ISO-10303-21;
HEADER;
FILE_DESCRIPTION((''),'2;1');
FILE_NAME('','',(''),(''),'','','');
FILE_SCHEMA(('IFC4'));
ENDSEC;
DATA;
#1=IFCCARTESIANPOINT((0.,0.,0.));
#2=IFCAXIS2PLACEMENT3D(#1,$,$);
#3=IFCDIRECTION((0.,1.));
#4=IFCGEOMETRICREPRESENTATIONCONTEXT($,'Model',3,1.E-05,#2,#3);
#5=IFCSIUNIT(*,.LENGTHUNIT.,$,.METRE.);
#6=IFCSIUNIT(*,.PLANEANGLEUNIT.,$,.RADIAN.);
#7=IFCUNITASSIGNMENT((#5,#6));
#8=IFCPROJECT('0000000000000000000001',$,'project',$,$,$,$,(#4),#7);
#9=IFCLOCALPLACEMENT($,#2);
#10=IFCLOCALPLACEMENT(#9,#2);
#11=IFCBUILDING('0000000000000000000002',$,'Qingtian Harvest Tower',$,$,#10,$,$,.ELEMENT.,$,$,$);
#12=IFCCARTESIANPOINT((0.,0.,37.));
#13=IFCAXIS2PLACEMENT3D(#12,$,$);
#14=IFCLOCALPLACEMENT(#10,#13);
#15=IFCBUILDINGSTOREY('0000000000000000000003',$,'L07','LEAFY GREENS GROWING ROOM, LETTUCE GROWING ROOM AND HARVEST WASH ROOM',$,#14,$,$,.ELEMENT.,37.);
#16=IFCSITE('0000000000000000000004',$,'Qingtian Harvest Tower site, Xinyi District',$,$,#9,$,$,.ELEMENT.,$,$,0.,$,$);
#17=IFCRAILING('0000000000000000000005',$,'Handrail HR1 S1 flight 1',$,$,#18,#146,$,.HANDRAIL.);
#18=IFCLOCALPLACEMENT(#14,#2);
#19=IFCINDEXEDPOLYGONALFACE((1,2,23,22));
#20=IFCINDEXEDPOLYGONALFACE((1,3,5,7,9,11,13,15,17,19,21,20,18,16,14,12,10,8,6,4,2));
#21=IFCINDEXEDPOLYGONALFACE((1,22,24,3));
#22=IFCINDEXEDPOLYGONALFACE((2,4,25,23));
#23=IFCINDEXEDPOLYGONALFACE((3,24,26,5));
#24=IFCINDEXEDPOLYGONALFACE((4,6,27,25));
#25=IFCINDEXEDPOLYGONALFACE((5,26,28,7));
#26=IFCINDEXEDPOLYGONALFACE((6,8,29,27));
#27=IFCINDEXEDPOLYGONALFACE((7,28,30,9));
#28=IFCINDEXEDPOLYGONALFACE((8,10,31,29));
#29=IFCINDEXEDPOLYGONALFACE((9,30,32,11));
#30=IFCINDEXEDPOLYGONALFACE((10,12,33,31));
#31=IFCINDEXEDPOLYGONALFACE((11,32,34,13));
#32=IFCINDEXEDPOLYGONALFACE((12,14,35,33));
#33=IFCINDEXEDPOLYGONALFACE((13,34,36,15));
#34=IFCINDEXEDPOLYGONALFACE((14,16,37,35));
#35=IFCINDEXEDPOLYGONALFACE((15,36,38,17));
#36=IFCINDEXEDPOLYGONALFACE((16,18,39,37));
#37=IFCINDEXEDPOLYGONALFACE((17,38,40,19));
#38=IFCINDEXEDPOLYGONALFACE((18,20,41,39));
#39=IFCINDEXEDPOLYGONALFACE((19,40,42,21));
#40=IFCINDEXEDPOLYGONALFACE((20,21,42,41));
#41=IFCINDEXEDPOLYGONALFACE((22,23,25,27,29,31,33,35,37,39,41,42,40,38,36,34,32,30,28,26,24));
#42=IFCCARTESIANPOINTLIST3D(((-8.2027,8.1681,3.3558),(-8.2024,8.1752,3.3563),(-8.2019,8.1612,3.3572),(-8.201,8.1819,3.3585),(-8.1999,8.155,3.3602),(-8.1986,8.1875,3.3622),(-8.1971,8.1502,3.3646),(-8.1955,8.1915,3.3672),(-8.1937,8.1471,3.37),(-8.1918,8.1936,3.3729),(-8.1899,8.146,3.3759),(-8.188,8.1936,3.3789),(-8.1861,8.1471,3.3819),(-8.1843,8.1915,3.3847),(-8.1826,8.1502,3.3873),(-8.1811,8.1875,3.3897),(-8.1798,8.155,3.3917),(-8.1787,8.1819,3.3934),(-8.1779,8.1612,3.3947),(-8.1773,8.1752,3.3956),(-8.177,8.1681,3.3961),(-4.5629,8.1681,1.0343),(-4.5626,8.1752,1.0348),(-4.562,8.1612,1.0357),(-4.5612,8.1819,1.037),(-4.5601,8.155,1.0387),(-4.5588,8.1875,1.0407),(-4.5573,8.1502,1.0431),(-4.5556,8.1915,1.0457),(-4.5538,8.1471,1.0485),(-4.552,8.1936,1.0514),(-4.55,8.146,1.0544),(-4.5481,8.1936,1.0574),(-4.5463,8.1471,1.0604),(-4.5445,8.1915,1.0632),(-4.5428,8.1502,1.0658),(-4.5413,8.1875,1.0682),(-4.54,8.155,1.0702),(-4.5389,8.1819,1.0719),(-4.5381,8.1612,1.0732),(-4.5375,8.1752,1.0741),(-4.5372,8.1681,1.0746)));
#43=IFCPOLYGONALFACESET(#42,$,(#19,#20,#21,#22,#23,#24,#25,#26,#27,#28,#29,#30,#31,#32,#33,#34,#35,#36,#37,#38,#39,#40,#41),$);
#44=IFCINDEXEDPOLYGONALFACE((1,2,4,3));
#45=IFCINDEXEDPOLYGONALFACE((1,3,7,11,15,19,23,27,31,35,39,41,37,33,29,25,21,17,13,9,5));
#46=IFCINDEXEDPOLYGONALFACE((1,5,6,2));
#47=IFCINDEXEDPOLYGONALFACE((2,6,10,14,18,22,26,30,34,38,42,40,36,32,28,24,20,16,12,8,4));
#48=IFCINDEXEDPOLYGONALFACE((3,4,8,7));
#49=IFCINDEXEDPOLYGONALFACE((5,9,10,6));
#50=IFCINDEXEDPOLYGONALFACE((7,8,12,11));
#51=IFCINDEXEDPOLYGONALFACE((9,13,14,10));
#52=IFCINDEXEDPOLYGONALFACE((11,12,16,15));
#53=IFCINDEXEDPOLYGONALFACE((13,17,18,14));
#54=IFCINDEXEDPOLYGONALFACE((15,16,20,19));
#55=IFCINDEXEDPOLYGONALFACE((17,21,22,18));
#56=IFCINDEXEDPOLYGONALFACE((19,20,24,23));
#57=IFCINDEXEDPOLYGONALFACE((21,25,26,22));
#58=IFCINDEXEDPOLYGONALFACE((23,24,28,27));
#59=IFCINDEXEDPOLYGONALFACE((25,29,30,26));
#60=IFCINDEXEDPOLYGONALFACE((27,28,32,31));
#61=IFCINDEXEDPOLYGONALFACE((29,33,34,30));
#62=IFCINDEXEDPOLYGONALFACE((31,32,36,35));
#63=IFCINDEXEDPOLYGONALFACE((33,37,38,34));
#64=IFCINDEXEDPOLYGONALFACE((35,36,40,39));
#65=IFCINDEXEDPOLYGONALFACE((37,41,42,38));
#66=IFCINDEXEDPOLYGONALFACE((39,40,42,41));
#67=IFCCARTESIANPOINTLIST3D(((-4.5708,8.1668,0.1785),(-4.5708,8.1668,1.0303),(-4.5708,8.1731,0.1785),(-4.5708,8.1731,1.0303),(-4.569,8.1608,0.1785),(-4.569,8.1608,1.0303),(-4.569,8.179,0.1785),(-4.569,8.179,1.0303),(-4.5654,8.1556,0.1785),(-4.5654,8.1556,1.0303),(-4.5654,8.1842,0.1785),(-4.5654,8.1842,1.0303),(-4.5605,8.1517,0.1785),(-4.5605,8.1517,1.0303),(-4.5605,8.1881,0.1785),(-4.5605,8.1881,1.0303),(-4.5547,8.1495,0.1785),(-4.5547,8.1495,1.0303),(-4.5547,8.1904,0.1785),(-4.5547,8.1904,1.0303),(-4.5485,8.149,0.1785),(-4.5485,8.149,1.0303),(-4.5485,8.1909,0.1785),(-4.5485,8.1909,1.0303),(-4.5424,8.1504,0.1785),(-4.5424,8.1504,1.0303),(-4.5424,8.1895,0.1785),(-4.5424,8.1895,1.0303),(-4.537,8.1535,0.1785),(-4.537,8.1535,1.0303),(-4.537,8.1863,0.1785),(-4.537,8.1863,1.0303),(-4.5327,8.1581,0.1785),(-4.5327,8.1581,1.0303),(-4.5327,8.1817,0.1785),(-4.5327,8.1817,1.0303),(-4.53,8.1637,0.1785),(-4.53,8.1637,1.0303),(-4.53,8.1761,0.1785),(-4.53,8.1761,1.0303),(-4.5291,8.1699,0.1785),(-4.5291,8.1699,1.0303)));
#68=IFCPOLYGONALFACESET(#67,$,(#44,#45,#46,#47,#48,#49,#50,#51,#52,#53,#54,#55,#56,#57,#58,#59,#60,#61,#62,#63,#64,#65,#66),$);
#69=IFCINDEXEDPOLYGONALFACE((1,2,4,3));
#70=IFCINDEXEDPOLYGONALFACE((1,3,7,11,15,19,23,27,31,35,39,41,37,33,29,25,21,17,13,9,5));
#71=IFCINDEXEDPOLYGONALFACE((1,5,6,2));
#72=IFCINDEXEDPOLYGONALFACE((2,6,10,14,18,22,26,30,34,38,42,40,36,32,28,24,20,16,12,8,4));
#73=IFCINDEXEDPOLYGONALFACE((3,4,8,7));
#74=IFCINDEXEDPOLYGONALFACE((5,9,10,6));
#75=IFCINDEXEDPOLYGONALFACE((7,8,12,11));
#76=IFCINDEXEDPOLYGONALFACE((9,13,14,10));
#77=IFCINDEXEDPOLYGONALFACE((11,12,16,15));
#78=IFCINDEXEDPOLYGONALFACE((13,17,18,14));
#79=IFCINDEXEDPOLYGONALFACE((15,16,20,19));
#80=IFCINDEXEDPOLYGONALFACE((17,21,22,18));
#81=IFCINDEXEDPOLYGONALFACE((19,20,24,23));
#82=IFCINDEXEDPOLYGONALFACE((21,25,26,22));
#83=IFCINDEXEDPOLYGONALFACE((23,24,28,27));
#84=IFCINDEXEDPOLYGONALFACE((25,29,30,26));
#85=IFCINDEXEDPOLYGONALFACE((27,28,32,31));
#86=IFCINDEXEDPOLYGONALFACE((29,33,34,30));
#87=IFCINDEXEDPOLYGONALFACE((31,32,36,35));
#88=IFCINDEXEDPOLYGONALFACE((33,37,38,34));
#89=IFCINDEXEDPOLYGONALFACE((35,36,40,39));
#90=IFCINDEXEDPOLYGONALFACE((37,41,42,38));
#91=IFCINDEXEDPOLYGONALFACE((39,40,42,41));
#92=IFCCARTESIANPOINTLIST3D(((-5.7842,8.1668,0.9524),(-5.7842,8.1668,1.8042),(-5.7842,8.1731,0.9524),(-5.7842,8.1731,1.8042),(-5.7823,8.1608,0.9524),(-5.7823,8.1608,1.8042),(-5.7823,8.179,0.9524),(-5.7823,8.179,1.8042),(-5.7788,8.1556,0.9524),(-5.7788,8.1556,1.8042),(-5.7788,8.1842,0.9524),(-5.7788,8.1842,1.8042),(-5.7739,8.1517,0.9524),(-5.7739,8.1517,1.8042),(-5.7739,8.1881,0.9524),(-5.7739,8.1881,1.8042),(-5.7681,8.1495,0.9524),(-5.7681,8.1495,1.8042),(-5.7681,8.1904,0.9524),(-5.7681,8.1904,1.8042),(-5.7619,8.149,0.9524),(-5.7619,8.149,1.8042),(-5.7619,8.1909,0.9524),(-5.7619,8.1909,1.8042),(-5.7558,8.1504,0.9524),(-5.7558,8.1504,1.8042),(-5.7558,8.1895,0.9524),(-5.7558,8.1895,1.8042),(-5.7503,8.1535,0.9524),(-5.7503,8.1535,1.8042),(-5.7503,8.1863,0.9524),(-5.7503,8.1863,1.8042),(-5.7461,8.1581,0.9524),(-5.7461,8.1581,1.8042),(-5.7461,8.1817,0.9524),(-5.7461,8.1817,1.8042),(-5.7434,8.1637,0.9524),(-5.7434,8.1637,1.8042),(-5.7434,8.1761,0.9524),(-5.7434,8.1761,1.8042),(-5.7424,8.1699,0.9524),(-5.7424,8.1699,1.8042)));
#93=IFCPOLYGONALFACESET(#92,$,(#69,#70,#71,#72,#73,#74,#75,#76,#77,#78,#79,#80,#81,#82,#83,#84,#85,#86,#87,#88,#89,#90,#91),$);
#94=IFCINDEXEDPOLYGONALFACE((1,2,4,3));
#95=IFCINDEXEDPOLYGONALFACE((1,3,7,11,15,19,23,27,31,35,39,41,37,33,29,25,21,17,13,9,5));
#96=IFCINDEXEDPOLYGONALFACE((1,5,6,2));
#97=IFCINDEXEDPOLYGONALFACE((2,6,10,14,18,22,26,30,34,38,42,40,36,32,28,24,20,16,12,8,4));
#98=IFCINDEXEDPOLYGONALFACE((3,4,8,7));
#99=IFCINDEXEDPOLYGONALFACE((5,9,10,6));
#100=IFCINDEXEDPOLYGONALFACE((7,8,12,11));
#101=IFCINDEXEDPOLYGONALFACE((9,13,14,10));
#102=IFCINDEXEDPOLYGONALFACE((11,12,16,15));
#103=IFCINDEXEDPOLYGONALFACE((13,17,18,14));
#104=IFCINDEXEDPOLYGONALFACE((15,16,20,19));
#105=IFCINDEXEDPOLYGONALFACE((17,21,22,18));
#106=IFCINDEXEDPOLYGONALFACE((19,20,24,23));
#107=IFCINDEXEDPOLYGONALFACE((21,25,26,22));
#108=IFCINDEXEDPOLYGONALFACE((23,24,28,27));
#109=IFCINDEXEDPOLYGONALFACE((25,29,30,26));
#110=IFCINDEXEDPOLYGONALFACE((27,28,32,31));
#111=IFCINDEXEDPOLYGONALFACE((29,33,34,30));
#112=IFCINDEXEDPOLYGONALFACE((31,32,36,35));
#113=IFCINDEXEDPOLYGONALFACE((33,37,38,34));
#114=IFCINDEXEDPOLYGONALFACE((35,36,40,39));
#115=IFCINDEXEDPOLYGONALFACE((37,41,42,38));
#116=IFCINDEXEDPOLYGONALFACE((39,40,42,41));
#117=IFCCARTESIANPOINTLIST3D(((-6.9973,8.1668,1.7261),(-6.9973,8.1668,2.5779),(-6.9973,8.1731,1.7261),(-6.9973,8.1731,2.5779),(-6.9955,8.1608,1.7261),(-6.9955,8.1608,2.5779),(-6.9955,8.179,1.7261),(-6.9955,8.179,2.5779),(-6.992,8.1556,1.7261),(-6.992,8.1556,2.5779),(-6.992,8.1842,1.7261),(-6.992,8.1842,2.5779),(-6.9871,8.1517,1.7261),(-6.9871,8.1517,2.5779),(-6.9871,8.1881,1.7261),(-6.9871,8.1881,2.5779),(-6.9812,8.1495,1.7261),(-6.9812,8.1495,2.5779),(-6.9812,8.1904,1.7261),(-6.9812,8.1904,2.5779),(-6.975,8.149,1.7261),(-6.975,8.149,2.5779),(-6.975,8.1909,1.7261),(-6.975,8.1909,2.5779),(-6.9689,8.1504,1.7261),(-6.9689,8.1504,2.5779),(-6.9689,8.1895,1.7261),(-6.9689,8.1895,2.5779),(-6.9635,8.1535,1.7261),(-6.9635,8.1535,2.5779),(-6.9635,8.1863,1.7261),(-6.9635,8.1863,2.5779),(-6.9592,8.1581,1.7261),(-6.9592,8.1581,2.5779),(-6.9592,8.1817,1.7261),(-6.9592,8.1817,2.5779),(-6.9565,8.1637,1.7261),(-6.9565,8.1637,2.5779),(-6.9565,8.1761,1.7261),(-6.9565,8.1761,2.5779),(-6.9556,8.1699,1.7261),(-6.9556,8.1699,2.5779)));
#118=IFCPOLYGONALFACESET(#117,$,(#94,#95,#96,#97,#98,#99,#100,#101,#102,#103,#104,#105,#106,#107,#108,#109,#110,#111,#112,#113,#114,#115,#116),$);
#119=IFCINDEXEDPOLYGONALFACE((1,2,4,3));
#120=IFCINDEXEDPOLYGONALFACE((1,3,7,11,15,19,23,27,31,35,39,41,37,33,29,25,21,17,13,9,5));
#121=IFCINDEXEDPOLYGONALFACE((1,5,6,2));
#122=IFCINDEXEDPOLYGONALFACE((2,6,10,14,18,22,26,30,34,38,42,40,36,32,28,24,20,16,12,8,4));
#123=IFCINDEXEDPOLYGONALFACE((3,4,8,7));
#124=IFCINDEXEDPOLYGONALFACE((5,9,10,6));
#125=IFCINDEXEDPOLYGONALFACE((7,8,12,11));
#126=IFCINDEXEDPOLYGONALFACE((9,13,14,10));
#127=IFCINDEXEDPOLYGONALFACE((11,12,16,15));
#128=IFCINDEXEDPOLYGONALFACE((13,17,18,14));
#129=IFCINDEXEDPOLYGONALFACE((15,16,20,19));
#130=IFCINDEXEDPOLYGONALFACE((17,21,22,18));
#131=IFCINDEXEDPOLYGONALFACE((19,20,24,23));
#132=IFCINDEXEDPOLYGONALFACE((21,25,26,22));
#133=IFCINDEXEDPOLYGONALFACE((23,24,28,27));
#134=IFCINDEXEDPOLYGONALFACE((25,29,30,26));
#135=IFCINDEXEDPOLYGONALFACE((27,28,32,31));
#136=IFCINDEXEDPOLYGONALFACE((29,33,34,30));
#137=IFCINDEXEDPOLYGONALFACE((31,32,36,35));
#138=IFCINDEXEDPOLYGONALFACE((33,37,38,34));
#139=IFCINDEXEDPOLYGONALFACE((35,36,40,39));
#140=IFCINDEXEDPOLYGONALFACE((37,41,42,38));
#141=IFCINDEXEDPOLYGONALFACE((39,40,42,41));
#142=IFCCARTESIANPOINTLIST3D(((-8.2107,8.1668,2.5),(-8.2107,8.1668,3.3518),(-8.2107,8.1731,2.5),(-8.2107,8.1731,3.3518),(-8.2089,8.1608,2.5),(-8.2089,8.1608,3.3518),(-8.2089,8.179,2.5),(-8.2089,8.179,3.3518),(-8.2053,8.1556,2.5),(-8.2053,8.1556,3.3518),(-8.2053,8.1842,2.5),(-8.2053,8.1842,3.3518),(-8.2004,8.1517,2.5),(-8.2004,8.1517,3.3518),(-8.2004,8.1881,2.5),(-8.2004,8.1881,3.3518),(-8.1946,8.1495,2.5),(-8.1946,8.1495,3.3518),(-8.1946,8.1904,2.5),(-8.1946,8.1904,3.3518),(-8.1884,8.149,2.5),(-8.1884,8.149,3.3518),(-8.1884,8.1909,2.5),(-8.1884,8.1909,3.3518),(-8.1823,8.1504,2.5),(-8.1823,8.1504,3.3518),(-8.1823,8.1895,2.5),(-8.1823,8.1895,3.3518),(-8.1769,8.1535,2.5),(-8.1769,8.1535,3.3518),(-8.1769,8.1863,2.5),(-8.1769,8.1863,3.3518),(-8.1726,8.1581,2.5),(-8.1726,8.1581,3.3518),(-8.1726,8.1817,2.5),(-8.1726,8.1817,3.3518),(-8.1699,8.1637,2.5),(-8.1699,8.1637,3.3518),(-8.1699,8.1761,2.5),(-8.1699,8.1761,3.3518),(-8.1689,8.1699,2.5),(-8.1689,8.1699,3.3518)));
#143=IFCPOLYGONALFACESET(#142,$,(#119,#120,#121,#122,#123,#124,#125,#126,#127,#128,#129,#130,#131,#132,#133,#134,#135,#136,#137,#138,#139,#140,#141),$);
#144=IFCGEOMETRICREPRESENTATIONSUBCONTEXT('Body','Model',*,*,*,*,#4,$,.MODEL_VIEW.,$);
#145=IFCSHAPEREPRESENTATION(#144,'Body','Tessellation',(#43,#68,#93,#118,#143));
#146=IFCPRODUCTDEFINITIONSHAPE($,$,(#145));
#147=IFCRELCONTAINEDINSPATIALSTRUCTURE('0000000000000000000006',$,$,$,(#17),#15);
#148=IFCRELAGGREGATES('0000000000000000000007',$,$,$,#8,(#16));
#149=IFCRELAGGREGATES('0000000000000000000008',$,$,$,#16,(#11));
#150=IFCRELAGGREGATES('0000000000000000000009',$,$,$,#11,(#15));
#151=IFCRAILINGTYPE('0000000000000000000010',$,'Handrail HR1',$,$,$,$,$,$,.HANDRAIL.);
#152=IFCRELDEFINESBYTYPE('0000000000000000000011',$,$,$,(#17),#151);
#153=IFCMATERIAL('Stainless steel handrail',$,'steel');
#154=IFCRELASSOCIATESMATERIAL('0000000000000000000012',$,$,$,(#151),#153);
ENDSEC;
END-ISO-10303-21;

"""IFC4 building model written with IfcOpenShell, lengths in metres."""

from ifc_helpers import new_model, si_unit, direction, frame, origin, origin_2d, place, context, subcontext, project, spatial, circle, extrude, material, type_object, element, save


model = new_model("IFC4")

# Units and contexts
model_context = context("Model", 3, precision=1e-05, world=origin(), true_north=direction((0.0, 1.0)))
body_context = subcontext(model_context, "Body", "Model", "MODEL_VIEW")
ifc_project = project(units=[si_unit("LENGTHUNIT", "METRE"), si_unit("PLANEANGLEUNIT", "RADIAN")], contexts=[model_context])

# Site, building, storey
site_placement = place(None, origin())
site = spatial("IfcSite", under=ifc_project, at=site_placement, Name="Qingtian Harvest Tower site, Xinyi District", CompositionType="ELEMENT", RefElevation=0.0)
building_placement = place(site_placement, origin())
building = spatial("IfcBuilding", under=site, at=building_placement, Name="Qingtian Harvest Tower", CompositionType="ELEMENT")
storey_placement = place(building_placement, frame((0.0, 0.0, 37.0)))
storey = spatial("IfcBuildingStorey", under=building, at=storey_placement, Name="L07", Description="LEAFY GREENS GROWING ROOM, LETTUCE GROWING ROOM AND HARVEST WASH ROOM", CompositionType="ELEMENT", Elevation=37.0)

# Railing
ifc_material_1 = material(Name="Stainless steel handrail", Category="steel")
railing_type = type_object("IfcRailingType", Name="Handrail HR1", PredefinedType="HANDRAIL", material=ifc_material_1)
railing_1_placement = place(storey_placement, frame((-4.55, 8.1699, 0.1785)))
element("IfcRailing", 1, at=railing_1_placement, inside=storey, type_object=railing_type, Name="Handrail HR1 S1 flight 1", PredefinedType="HANDRAIL", context=body_context, shape_type="SweptSolid", body=[
    extrude(circle(Radius=0.0239, at=origin_2d()), frame((0.0, 0.0, 0.876), z_axis=(-0.843112, 0.0, 0.537739), x_axis=(0.0, -1.0, 0.0)), (0.0, 0.0, 1.0), 4.3171),
    extrude(circle(Radius=0.021, at=origin_2d()), origin(), (0.0, 0.0, 1.0), 0.8518),
    extrude(circle(Radius=0.021, at=origin_2d()), frame((-1.2134, 0.0, 0.7739)), (0.0, 0.0, 1.0), 0.8518),
    extrude(circle(Radius=0.021, at=origin_2d()), frame((-2.4265, 0.0, 1.5476)), (0.0, 0.0, 1.0), 0.8518),
    extrude(circle(Radius=0.021, at=origin_2d()), frame((-3.6399, 0.0, 2.3215)), (0.0, 0.0, 1.0), 0.8518),
])

save(model, "model.ifc")
